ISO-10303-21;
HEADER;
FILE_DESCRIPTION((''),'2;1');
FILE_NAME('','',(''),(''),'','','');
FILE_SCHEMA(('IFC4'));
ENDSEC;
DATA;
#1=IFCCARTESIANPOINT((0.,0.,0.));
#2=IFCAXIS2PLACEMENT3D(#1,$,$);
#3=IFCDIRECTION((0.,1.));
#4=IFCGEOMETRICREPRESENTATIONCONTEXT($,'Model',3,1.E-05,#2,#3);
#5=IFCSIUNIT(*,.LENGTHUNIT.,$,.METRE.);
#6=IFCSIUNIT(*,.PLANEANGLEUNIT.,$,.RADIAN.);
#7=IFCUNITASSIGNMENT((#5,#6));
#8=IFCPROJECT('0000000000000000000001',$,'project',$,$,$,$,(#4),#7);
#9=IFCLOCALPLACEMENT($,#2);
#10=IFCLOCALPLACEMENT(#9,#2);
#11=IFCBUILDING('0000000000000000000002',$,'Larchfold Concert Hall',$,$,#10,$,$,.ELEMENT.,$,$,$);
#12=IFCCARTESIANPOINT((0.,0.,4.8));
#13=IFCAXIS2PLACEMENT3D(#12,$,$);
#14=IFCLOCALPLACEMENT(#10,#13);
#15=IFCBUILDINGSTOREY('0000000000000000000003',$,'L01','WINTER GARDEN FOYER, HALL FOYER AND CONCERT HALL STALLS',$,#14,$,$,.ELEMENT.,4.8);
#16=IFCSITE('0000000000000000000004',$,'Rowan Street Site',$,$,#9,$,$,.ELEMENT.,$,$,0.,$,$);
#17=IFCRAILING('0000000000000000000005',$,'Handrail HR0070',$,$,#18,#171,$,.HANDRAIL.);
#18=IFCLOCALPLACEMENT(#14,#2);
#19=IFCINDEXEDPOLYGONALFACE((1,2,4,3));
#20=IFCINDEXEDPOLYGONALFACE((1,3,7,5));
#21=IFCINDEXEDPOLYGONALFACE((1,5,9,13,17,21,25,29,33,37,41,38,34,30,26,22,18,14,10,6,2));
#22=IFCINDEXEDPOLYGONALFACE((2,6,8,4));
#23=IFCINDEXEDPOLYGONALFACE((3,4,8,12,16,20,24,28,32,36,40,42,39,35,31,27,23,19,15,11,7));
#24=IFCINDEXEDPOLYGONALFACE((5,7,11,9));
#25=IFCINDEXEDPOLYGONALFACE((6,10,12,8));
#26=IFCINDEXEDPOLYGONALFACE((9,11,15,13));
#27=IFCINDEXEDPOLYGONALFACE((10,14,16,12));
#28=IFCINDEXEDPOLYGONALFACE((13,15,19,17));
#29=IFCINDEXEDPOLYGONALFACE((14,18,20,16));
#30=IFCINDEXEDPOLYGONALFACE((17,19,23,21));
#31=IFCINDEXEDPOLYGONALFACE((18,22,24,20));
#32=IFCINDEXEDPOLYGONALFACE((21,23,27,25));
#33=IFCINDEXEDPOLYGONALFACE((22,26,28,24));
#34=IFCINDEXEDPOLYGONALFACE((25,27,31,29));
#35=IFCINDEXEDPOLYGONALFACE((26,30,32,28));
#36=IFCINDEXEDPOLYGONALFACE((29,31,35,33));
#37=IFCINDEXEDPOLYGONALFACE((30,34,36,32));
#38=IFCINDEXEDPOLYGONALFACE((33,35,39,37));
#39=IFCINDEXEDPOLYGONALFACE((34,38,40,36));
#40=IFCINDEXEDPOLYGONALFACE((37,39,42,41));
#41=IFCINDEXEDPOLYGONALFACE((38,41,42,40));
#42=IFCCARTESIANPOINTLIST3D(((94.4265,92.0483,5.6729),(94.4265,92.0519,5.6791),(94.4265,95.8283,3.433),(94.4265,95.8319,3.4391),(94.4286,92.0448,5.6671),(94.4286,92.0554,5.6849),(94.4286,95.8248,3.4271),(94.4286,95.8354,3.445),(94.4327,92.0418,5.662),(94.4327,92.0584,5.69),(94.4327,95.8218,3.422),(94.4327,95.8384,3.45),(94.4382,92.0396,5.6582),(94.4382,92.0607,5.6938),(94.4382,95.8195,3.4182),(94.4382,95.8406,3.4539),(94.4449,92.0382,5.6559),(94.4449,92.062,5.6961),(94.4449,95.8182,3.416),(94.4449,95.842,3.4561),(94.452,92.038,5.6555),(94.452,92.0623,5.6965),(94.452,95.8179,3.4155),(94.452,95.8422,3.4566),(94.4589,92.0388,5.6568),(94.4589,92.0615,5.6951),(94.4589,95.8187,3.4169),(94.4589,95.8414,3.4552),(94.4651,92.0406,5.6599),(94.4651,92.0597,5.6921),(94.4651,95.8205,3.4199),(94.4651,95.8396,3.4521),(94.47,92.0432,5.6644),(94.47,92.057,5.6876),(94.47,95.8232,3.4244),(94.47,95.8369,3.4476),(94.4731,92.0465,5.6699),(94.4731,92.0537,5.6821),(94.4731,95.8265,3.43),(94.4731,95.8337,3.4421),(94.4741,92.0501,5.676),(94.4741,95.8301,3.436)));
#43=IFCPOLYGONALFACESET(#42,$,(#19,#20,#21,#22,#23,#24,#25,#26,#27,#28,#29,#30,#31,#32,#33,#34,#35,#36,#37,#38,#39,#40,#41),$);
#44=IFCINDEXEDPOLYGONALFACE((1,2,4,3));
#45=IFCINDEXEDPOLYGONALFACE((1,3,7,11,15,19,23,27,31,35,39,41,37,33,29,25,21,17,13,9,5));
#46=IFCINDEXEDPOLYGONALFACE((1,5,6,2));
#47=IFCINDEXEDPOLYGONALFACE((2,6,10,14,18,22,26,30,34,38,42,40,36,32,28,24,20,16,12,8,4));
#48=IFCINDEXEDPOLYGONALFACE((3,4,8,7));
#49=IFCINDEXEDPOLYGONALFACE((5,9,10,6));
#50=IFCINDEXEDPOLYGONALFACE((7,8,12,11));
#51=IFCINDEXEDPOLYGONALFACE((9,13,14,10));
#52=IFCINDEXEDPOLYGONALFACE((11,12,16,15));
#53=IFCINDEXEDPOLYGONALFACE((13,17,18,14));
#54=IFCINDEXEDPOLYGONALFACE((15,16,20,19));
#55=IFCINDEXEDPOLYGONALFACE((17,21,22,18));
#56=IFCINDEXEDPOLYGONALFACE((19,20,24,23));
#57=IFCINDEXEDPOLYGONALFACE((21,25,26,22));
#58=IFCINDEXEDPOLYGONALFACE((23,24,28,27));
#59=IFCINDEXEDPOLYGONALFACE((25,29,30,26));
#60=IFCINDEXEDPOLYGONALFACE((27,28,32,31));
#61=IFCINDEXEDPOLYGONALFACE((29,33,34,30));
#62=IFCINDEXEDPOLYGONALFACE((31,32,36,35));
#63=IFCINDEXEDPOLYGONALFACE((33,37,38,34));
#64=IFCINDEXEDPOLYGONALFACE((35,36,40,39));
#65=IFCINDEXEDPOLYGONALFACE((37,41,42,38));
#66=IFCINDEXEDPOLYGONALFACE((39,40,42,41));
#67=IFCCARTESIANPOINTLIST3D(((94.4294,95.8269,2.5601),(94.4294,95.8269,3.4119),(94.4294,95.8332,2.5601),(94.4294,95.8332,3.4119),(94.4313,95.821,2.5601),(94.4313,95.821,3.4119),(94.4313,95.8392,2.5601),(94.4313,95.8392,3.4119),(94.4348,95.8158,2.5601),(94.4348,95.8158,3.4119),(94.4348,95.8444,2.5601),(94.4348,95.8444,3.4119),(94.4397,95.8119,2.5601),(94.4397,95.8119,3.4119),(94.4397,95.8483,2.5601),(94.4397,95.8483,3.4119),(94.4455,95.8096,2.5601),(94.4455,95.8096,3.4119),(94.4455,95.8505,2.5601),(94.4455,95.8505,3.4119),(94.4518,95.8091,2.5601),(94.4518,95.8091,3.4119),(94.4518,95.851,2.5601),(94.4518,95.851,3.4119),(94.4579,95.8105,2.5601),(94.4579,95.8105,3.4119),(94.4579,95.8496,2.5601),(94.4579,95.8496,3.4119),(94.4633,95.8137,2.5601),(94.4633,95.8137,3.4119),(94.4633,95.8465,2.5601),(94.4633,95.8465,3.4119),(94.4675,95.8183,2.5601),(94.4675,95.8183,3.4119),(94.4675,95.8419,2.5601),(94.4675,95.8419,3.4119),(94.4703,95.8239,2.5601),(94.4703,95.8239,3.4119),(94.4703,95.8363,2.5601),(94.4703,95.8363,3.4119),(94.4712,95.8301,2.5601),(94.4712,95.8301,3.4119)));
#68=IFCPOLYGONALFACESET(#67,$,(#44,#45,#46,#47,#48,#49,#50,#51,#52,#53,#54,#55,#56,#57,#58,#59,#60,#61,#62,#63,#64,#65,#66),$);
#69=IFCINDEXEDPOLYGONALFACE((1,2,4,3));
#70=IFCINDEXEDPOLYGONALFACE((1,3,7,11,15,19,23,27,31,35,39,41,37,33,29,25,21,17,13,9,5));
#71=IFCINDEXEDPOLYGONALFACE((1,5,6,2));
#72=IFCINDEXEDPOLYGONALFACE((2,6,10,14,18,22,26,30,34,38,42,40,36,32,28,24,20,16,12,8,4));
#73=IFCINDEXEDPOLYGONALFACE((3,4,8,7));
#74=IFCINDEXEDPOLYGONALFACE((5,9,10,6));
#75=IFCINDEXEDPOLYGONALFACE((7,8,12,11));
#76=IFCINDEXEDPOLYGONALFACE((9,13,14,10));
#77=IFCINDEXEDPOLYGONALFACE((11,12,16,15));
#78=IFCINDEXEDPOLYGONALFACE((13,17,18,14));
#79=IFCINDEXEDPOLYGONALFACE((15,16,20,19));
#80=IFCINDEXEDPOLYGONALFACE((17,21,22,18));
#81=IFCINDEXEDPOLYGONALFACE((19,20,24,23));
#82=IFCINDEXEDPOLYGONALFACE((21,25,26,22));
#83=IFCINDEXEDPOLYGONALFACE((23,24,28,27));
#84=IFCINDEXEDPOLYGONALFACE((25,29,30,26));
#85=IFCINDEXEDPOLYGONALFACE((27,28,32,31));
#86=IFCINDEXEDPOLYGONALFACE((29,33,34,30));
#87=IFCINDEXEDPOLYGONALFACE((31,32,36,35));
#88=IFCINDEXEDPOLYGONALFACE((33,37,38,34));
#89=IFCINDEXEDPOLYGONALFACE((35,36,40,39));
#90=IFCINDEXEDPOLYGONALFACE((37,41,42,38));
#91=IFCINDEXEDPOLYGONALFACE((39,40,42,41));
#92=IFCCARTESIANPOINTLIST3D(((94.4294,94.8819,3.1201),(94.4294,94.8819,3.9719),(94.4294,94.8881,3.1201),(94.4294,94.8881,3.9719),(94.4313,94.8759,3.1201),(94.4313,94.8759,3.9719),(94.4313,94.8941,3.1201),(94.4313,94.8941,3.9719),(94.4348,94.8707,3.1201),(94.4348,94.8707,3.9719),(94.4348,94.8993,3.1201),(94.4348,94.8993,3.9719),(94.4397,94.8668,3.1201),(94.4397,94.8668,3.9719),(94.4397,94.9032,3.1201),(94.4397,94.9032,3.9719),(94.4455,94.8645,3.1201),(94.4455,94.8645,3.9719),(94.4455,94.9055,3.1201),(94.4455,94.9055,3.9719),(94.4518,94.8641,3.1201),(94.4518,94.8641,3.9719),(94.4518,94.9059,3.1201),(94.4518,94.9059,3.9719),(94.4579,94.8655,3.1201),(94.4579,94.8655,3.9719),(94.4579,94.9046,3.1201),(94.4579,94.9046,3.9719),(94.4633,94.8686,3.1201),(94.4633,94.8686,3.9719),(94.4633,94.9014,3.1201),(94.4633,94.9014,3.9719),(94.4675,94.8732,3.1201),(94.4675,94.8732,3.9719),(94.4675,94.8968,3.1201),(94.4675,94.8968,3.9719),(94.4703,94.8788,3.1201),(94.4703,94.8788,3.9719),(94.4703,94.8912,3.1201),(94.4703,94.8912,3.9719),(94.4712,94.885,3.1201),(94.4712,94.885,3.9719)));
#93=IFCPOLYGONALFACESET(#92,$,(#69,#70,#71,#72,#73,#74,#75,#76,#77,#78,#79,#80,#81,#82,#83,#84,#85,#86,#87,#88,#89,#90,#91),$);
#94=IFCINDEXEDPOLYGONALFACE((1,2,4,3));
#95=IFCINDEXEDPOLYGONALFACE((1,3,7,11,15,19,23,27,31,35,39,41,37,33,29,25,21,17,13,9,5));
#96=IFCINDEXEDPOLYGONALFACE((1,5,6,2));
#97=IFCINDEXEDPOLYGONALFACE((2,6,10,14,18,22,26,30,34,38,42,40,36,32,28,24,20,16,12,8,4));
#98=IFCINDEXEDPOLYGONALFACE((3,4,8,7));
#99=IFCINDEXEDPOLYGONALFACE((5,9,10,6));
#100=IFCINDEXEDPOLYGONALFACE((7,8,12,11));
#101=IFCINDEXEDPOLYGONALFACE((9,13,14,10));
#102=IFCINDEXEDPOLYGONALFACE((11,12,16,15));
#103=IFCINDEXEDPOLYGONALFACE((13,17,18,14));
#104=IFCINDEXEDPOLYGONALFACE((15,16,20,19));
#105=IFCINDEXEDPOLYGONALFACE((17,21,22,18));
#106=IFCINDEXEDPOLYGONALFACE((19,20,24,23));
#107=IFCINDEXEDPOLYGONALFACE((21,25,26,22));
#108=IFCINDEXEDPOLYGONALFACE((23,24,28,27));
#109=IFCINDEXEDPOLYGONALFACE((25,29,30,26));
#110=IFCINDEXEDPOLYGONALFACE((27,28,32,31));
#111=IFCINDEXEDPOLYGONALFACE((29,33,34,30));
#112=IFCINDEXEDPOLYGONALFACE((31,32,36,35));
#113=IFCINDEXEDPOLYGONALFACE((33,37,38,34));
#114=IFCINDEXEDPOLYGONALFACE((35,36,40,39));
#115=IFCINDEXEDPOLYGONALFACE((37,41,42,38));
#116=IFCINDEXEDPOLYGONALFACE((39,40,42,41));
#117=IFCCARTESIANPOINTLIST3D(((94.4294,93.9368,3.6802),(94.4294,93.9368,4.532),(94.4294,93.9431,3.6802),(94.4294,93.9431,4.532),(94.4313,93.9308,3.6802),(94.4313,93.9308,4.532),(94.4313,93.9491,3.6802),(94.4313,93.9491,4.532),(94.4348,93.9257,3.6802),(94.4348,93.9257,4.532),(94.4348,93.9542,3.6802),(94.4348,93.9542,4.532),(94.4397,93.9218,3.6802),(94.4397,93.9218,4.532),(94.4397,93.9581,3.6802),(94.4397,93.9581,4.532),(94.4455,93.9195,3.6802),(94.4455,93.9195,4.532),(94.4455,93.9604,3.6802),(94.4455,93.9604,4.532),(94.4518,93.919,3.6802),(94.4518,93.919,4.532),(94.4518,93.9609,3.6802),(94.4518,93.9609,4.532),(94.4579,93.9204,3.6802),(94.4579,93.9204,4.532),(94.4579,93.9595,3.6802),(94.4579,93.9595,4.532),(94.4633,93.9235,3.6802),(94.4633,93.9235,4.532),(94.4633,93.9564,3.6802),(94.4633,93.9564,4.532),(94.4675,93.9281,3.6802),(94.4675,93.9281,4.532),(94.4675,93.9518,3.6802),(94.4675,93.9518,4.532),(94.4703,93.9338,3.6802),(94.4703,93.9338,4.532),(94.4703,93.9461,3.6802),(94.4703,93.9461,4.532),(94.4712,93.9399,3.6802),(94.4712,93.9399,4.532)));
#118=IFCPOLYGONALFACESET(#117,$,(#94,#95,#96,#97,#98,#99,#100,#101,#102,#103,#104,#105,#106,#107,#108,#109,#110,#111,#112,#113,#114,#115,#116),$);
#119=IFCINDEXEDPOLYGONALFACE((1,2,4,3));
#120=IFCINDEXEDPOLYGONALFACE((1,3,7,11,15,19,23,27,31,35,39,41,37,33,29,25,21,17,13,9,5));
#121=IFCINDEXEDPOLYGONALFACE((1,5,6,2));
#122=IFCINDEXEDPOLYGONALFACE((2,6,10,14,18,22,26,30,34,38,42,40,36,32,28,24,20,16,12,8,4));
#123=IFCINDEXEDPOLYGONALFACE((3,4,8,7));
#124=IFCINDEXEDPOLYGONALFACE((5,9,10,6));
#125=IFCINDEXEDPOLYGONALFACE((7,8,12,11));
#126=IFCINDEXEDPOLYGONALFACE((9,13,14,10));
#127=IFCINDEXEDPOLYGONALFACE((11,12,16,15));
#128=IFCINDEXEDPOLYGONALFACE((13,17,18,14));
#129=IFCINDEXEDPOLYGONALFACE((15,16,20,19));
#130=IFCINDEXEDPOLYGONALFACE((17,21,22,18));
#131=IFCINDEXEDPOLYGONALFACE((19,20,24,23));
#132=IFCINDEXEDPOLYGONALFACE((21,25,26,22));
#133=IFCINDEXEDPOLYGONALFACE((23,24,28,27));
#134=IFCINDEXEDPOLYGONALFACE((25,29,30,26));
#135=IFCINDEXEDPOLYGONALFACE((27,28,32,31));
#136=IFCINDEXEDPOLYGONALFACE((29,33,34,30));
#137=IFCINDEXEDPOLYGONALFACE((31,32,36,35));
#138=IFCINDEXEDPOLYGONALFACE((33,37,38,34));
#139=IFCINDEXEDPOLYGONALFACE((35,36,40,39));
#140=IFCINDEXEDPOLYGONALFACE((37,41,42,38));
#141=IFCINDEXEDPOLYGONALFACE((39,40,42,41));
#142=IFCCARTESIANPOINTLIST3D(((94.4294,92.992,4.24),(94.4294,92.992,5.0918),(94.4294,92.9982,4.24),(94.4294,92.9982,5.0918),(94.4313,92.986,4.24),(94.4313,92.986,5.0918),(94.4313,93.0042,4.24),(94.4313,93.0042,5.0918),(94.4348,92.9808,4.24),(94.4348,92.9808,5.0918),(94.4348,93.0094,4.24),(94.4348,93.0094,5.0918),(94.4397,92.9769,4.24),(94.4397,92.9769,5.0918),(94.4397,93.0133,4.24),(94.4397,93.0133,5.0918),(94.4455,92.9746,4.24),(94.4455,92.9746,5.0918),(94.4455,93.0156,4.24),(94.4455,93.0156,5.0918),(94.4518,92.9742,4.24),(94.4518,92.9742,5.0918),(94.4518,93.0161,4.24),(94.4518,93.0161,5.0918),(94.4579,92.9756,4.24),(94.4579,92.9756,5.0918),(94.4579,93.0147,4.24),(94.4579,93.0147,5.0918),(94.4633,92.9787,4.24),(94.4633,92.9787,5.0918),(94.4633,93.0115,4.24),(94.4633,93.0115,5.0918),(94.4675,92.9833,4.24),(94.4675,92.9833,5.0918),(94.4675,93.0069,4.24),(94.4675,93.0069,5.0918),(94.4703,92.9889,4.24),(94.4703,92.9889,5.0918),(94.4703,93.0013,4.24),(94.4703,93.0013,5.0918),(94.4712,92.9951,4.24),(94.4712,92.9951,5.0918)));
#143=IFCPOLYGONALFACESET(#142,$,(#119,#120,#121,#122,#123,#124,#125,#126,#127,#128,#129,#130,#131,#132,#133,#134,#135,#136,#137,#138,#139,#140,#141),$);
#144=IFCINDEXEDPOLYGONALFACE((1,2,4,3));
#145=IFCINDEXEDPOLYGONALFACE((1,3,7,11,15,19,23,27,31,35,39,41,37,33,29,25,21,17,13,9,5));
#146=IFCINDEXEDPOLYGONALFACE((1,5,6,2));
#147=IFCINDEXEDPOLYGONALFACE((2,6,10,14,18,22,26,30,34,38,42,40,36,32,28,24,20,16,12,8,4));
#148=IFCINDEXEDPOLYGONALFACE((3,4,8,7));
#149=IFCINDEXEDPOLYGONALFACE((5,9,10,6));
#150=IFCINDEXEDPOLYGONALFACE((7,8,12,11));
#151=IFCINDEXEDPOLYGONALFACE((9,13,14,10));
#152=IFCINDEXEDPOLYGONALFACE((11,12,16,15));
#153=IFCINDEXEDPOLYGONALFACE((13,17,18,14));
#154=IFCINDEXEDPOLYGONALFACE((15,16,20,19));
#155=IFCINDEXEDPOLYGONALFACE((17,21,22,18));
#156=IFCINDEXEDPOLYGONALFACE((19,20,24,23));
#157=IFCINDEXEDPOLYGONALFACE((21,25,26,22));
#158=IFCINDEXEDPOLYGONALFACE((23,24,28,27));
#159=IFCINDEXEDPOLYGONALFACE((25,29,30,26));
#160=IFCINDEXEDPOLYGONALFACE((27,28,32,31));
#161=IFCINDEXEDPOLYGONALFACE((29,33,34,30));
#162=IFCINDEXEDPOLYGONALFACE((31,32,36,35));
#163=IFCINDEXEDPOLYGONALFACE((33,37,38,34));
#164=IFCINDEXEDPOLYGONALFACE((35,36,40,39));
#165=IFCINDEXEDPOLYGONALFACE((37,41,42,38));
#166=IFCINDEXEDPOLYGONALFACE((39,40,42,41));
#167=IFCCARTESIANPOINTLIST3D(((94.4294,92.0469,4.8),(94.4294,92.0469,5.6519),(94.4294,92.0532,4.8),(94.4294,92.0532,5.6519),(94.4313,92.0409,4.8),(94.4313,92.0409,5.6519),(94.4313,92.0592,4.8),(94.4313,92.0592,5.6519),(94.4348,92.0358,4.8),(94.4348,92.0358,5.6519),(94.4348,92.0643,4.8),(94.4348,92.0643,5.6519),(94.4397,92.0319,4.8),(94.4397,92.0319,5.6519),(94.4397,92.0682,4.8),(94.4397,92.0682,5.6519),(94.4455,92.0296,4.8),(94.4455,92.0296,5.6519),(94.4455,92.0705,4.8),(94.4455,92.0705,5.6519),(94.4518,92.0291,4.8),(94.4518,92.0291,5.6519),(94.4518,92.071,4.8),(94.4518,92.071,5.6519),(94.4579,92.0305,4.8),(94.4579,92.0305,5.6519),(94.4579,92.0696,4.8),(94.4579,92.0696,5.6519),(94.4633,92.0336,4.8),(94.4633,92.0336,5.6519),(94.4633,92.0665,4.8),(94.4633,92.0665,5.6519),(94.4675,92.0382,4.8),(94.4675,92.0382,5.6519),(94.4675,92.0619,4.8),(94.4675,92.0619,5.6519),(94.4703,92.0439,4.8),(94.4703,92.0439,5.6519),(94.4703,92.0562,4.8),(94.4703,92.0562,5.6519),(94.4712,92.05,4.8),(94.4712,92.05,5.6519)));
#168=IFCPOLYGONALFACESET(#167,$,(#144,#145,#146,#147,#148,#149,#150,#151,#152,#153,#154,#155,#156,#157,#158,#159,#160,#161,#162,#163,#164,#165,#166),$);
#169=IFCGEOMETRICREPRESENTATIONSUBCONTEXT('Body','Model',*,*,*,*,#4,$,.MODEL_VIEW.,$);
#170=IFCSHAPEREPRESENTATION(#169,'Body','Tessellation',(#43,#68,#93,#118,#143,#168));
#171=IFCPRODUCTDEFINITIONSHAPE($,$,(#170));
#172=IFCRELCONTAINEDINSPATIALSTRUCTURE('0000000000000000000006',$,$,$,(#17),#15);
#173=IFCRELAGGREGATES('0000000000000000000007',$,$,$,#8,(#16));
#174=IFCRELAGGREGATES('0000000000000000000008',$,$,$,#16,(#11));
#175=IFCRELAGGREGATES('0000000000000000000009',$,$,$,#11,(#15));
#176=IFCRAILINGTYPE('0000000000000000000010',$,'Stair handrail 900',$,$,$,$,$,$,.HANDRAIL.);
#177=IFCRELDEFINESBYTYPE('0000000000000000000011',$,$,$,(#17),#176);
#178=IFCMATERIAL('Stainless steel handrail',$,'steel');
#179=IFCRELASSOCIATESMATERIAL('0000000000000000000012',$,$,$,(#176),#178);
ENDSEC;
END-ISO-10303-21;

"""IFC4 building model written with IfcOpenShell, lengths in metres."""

from ifc_helpers import new_model, si_unit, direction, frame, origin, origin_2d, place, context, subcontext, project, spatial, circle, extrude, material, type_object, element, save


model = new_model("IFC4")

# Units and contexts
model_context = context("Model", 3, precision=1e-05, world=origin(), true_north=direction((0.0, 1.0)))
body_context = subcontext(model_context, "Body", "Model", "MODEL_VIEW")
ifc_project = project(units=[si_unit("LENGTHUNIT", "METRE"), si_unit("PLANEANGLEUNIT", "RADIAN")], contexts=[model_context])

# Site, building, storey
site_placement = place(None, origin())
site = spatial("IfcSite", under=ifc_project, at=site_placement, Name="Rowan Street Site", CompositionType="ELEMENT", RefElevation=0.0)
building_placement = place(site_placement, origin())
building = spatial("IfcBuilding", under=site, at=building_placement, Name="Larchfold Concert Hall", CompositionType="ELEMENT")
storey_placement = place(building_placement, frame((0.0, 0.0, 4.8)))
storey = spatial("IfcBuildingStorey", under=building, at=storey_placement, Name="L01", Description="WINTER GARDEN FOYER, HALL FOYER AND CONCERT HALL STALLS", CompositionType="ELEMENT", Elevation=4.8)

# Railing
ifc_material_1 = material(Name="Stainless steel handrail", Category="steel")
railing_type_1 = type_object("IfcRailingType", Name="Stair handrail 900", PredefinedType="HANDRAIL", material=ifc_material_1)
for number, where, name in (
    (1, (94.4502, 95.8301, 2.5601), "Handrail HR0070"),
):
    element("IfcRailing", number, at=place(storey_placement, frame(where)), inside=storey, type_object=railing_type_1, Name=name, PredefinedType="HANDRAIL", context=body_context, shape_type="SweptSolid", body=[
        extrude(circle(Radius=0.0239, at=origin_2d()), frame((0.0, 0.0, 0.876), z_axis=(0.0, -0.860294, 0.509798), x_axis=(1.0, 0.0, 0.0)), (0.0, 0.0, 1.0), 4.3938),
        extrude(circle(Radius=0.021, at=origin_2d()), origin(), (0.0, 0.0, 1.0), 0.8518),
        extrude(circle(Radius=0.021, at=origin_2d()), frame((0.0, -0.9451, 0.5601)), (0.0, 0.0, 1.0), 0.8518),
        extrude(circle(Radius=0.021, at=origin_2d()), frame((0.0, -1.8901, 1.1201)), (0.0, 0.0, 1.0), 0.8518),
        extrude(circle(Radius=0.021, at=origin_2d()), frame((0.0, -2.835, 1.6799)), (0.0, 0.0, 1.0), 0.8518),
        extrude(circle(Radius=0.021, at=origin_2d()), frame((0.0, -3.78, 2.24)), (0.0, 0.0, 1.0), 0.8518),
    ])

save(model, "model.ifc")
